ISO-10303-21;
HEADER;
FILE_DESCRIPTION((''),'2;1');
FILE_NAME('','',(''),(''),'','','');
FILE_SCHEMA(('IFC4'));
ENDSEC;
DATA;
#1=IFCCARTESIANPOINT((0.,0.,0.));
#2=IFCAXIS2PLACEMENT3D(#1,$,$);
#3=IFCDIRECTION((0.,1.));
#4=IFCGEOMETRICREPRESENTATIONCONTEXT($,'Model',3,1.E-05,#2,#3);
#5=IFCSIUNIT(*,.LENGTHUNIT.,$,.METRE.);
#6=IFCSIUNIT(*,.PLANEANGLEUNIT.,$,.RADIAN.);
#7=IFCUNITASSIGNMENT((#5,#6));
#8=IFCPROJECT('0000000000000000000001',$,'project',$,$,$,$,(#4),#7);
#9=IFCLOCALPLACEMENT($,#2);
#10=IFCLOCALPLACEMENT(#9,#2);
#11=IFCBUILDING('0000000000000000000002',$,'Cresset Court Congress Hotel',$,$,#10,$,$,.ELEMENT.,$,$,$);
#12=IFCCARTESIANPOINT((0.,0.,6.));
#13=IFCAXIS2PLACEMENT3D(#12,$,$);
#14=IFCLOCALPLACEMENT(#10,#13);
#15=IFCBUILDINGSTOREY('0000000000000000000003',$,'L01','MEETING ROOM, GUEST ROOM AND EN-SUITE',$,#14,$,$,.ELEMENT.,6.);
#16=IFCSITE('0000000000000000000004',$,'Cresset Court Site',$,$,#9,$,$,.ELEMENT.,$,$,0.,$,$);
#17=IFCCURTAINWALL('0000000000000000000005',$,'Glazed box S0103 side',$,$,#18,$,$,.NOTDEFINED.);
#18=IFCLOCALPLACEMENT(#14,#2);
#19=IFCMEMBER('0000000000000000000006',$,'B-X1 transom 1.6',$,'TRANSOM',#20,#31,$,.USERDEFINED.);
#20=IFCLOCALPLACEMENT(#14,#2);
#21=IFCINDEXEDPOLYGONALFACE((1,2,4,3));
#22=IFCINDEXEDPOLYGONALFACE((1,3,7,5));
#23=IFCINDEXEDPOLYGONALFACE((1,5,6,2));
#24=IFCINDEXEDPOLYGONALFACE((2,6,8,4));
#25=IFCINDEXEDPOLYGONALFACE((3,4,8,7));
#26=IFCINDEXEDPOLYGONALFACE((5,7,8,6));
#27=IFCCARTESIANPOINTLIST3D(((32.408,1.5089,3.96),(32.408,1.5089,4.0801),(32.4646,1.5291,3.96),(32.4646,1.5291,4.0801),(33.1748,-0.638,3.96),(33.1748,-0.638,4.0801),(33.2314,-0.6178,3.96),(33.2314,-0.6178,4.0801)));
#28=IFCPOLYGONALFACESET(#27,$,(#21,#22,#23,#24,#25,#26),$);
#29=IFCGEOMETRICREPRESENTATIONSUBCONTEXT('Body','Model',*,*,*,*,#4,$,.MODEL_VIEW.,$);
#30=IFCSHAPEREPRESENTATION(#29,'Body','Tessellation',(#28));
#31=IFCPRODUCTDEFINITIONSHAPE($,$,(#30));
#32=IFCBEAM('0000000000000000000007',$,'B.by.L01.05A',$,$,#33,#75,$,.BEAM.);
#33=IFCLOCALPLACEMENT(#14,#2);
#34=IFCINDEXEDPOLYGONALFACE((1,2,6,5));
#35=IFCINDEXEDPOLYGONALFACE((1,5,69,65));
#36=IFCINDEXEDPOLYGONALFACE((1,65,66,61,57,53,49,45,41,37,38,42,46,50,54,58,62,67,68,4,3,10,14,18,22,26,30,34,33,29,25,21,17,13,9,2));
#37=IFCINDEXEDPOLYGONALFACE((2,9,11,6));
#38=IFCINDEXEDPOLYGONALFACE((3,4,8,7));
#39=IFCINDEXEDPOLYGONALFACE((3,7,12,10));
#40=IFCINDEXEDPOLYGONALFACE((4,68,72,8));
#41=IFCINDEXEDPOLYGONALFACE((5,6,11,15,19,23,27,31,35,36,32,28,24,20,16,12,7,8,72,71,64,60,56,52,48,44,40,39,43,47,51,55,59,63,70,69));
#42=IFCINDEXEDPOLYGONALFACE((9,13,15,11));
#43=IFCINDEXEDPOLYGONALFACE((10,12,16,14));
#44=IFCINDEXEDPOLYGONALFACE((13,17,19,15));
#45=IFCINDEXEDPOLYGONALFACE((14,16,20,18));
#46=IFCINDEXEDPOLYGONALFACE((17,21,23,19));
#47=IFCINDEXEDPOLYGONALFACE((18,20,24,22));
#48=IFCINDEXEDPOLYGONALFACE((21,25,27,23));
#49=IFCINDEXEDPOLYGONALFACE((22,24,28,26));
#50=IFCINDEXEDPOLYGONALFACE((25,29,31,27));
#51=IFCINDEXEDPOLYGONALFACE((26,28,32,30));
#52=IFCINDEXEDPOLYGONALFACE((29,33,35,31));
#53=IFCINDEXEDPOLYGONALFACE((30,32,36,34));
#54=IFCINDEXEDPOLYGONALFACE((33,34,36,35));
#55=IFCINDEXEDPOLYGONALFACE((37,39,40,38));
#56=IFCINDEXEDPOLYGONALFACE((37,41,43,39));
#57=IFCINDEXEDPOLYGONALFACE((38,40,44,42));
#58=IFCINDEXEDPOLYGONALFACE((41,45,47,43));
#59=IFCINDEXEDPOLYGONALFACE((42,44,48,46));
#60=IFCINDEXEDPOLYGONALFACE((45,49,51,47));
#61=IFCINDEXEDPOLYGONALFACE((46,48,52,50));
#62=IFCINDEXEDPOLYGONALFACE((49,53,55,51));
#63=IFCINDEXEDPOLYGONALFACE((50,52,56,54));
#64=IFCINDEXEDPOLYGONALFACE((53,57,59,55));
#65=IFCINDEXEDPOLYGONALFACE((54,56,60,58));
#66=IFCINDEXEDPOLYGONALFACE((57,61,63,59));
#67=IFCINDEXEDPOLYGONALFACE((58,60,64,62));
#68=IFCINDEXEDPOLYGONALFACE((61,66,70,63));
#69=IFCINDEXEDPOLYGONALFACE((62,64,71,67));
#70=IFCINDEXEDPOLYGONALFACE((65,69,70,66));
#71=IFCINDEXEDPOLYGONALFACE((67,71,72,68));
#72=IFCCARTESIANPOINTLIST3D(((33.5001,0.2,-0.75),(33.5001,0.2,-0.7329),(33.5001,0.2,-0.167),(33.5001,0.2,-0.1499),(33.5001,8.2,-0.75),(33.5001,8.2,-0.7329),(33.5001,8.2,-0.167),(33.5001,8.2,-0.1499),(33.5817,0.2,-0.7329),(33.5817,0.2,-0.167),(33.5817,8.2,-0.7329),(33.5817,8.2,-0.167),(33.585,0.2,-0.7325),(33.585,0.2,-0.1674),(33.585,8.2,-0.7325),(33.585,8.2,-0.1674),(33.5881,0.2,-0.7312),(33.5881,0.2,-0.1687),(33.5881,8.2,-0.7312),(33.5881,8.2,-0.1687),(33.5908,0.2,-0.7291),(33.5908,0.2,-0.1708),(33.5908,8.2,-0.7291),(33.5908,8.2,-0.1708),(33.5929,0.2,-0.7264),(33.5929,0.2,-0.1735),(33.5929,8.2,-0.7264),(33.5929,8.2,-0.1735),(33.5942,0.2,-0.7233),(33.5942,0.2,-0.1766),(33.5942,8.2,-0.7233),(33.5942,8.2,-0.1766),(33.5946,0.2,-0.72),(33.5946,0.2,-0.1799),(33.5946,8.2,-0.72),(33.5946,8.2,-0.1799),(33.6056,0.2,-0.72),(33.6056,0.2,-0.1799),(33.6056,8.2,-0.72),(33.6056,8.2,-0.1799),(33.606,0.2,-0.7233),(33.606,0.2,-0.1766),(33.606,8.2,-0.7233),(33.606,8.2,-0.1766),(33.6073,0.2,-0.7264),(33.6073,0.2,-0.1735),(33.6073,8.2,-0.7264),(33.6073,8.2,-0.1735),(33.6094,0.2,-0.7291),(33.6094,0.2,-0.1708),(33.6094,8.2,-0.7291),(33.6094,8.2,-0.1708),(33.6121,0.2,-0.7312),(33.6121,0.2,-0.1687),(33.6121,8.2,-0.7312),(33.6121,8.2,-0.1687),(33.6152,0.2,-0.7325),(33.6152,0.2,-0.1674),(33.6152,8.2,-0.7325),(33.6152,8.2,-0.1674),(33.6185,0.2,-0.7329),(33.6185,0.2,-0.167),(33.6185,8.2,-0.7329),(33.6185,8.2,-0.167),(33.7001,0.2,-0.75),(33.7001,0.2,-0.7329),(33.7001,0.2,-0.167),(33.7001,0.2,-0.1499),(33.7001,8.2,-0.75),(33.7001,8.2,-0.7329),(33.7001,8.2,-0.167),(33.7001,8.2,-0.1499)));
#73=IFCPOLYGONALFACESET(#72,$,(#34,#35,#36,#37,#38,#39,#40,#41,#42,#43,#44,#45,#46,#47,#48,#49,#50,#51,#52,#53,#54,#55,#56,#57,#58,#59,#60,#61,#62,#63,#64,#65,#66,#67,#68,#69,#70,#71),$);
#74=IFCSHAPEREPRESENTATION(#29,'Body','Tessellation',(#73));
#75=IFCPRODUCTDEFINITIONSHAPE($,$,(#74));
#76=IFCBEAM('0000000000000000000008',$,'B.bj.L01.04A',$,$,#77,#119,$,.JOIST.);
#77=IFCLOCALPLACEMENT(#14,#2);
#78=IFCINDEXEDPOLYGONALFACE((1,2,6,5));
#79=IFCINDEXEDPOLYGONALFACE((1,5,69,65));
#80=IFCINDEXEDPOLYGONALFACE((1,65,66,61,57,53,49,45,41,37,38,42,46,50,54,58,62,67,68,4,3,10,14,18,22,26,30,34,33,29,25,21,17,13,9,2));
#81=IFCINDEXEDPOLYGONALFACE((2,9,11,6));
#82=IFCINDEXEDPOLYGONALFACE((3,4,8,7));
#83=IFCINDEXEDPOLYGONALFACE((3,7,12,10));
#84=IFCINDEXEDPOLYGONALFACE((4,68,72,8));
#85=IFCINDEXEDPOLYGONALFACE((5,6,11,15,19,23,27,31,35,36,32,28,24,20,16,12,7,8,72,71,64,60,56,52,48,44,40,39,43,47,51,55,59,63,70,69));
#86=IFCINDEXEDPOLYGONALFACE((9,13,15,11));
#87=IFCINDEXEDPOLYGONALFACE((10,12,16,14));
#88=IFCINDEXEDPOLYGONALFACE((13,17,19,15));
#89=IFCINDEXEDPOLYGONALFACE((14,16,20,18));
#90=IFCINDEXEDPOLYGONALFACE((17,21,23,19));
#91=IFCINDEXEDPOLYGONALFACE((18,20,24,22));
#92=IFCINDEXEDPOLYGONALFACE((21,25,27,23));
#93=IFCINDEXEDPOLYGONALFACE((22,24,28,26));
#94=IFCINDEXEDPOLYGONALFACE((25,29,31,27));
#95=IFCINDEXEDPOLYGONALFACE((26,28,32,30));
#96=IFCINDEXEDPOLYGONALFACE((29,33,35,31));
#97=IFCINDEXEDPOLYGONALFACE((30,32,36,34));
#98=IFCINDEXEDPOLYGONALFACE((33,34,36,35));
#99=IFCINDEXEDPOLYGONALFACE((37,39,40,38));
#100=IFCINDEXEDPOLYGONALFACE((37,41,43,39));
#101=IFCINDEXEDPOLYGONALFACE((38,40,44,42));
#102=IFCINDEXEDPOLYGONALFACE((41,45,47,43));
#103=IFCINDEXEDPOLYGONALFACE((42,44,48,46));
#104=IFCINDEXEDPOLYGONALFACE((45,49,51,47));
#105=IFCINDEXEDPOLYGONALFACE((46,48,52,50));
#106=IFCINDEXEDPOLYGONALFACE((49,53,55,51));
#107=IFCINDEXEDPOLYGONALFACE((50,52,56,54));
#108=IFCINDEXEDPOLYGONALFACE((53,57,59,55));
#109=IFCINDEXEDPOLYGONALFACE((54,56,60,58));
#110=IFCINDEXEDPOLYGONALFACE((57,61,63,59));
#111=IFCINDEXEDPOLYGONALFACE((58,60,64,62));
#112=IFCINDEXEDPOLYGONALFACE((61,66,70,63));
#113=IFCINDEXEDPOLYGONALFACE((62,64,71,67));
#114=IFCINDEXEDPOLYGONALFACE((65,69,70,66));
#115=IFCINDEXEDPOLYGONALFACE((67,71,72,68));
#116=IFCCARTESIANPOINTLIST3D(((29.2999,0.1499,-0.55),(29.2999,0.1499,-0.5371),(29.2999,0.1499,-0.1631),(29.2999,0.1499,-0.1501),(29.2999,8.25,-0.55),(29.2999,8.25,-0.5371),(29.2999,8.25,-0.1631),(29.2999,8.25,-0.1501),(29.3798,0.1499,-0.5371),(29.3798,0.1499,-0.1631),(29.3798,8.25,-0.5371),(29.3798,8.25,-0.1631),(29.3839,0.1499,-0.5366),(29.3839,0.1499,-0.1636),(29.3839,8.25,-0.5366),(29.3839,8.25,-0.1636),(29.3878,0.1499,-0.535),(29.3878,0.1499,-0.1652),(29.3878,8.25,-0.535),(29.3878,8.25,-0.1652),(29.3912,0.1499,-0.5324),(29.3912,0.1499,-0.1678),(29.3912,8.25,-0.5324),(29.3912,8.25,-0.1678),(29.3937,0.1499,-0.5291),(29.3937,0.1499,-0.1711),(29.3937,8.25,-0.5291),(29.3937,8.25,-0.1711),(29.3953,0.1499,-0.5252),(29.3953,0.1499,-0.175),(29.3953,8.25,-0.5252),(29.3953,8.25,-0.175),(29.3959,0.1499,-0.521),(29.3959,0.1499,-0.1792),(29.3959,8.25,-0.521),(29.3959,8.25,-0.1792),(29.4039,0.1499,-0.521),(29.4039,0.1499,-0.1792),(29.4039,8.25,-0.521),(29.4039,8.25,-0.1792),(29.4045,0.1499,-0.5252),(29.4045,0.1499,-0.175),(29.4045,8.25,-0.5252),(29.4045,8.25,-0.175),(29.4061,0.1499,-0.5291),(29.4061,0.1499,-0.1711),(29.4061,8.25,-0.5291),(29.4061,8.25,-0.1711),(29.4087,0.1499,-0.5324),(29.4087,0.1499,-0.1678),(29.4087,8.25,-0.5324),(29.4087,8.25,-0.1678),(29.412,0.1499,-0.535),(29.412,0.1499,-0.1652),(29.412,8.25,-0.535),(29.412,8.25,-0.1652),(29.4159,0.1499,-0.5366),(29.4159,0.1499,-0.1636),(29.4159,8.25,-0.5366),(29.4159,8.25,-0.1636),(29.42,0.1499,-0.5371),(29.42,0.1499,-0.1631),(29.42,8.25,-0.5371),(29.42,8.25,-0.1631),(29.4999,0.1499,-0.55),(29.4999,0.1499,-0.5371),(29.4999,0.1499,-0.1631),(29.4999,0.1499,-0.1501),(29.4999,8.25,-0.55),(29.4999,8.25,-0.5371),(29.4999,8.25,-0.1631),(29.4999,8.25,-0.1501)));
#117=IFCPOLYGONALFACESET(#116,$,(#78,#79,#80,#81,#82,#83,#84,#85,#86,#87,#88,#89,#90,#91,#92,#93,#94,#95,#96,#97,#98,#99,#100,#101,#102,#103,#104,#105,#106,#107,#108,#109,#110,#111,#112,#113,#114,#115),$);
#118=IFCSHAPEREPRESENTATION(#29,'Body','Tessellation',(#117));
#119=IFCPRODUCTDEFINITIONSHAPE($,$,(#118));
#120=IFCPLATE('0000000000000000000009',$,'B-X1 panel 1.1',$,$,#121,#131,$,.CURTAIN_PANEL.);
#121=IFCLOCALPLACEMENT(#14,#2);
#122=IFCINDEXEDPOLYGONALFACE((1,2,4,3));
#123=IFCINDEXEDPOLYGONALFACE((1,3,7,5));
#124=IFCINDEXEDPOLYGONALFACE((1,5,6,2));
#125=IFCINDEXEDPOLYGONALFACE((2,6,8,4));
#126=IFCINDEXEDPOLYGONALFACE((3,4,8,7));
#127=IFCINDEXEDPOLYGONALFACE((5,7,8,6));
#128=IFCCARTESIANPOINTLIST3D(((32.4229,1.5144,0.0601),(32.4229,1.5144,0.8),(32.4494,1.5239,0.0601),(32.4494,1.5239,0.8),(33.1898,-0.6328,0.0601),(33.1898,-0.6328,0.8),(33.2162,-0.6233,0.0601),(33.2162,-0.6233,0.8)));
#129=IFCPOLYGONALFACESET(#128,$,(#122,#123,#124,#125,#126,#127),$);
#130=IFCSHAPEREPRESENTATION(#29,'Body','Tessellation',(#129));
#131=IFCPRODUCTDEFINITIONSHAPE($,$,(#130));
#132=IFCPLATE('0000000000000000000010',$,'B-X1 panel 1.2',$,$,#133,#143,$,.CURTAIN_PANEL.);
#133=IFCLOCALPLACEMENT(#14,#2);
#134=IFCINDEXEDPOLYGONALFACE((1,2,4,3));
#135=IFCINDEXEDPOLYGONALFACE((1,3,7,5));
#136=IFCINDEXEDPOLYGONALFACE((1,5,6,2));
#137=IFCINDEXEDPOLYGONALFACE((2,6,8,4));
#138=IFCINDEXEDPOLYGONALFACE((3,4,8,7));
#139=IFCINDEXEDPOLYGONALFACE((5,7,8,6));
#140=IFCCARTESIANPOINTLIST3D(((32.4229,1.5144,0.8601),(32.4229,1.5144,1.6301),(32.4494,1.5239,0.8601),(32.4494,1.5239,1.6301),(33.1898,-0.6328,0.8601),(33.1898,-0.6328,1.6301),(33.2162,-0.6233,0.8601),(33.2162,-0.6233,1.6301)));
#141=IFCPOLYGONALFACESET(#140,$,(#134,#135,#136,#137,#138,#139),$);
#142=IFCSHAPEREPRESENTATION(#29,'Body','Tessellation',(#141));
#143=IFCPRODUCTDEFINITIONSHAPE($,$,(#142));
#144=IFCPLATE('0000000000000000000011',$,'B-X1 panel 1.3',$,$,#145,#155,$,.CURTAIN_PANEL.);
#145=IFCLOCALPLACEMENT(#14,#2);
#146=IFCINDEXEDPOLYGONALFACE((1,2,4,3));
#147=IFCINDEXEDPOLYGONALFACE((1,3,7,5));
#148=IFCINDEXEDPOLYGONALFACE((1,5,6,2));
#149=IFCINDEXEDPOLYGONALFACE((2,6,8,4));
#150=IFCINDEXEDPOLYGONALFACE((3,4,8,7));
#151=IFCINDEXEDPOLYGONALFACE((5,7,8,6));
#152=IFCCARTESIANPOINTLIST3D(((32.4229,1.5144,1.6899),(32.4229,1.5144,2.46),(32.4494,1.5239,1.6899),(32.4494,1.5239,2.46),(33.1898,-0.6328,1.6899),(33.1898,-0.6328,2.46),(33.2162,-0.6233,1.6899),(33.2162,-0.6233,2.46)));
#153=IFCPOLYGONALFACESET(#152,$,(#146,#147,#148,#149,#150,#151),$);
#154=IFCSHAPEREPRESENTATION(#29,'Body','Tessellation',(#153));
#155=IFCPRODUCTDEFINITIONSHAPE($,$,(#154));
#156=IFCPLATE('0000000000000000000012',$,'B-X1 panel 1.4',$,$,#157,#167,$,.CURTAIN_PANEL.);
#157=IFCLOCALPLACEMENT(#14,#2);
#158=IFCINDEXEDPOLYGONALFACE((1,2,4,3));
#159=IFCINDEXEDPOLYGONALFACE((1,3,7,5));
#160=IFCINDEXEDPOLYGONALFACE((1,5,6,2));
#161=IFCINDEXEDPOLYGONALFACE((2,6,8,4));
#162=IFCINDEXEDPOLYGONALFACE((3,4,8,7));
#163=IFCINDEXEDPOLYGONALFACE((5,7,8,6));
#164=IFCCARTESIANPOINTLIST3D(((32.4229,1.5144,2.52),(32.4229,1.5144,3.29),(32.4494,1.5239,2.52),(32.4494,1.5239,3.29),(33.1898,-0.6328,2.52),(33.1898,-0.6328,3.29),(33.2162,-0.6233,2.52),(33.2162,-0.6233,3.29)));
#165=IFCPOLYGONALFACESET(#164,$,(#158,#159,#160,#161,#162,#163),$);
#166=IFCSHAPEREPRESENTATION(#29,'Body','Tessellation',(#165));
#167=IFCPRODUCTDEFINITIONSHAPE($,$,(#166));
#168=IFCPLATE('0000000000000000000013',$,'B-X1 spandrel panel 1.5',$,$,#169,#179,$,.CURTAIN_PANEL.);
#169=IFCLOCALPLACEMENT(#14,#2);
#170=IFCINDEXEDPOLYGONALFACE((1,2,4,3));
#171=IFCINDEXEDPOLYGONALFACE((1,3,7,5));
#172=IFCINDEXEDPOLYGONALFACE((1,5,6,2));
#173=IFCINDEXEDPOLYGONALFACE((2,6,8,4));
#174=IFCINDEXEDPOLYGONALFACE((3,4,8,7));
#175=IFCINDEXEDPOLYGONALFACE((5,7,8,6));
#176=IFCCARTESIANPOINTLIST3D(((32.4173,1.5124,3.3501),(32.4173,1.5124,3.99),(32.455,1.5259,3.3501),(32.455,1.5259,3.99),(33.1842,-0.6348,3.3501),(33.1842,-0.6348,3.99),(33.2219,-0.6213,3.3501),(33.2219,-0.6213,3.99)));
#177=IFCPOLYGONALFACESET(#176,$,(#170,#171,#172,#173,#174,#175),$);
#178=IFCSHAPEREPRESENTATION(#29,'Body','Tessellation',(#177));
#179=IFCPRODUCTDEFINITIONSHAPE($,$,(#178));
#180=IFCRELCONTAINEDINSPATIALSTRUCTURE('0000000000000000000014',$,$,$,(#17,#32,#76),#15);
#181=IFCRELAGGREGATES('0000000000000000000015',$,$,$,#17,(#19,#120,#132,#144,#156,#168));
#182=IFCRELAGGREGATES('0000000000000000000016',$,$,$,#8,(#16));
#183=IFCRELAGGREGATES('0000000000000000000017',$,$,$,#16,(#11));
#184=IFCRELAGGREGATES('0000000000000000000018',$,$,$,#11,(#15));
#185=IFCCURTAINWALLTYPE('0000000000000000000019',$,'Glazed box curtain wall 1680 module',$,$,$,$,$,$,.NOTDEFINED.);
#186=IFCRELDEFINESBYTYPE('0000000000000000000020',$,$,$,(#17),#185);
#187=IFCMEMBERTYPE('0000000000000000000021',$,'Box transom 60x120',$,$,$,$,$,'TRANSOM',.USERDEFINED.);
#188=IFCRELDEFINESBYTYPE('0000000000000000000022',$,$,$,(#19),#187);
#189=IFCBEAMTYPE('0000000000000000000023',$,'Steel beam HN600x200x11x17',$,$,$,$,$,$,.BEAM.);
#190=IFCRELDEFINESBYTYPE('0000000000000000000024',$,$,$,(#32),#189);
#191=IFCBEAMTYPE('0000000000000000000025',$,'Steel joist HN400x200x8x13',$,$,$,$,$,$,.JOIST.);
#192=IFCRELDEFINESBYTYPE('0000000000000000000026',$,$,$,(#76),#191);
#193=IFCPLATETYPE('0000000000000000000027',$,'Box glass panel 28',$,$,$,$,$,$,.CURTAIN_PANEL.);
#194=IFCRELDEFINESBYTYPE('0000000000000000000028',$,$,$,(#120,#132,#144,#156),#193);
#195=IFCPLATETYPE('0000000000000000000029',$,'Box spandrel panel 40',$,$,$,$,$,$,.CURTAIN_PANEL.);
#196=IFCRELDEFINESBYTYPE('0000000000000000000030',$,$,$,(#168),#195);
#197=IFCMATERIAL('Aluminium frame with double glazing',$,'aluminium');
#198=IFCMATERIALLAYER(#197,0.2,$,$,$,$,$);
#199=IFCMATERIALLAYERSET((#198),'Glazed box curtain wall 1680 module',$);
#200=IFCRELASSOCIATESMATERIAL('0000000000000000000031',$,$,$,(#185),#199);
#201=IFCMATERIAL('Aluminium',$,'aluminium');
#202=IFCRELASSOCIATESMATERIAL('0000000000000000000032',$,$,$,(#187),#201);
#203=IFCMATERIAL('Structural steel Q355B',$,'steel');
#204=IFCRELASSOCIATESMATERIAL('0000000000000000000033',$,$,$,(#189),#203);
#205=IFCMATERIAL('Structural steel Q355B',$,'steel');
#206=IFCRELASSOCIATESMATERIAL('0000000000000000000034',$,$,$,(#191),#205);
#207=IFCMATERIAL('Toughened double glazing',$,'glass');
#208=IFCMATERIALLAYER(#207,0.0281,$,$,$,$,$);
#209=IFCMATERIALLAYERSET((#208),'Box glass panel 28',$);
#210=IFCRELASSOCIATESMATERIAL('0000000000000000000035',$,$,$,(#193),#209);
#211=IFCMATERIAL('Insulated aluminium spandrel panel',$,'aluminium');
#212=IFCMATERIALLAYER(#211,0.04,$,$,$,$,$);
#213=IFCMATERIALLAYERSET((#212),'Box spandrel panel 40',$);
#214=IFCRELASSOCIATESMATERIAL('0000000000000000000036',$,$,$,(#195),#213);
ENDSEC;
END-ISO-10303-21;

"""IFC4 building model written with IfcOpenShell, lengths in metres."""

from ifc_helpers import new_model, si_unit, direction, frame, origin, origin_2d, place, context, subcontext, project, spatial, rectangle, i_section, extrude, material, layer, layer_set, material_profile, profile_set, type_object, element, aggregate, save


model = new_model("IFC4")

# Units and contexts
model_context = context("Model", 3, precision=1e-05, world=origin(), true_north=direction((0.0, 1.0)))
body_context = subcontext(model_context, "Body", "Model", "MODEL_VIEW")
ifc_project = project(units=[si_unit("LENGTHUNIT", "METRE"), si_unit("PLANEANGLEUNIT", "RADIAN")], contexts=[model_context])

# Site, building, storey
site_placement = place(None, origin())
site = spatial("IfcSite", under=ifc_project, at=site_placement, Name="Cresset Court Site", CompositionType="ELEMENT", RefElevation=0.0)
building_placement = place(site_placement, origin())
building = spatial("IfcBuilding", under=site, at=building_placement, Name="Cresset Court Congress Hotel", CompositionType="ELEMENT")
storey_placement = place(building_placement, frame((0.0, 0.0, 6.0)))
storey = spatial("IfcBuildingStorey", under=building, at=storey_placement, Name="L01", Description="MEETING ROOM, GUEST ROOM AND EN-SUITE", CompositionType="ELEMENT", Elevation=6.0)

# Curtain wall
ifc_material_1 = material(Name="Aluminium frame with double glazing", Category="aluminium")
ifc_layer_1 = layer(ifc_material_1, 0.2)
ifc_layer_set_1 = layer_set([ifc_layer_1], Name="Glazed box curtain wall 1680 module")
curtain_wall_type = type_object("IfcCurtainWallType", Name="Glazed box curtain wall 1680 module", PredefinedType="NOTDEFINED", material=ifc_layer_set_1)
curtain_wall_1_placement = place(storey_placement, origin())
curtain_wall_1 = element("IfcCurtainWall", 1, at=curtain_wall_1_placement, inside=storey, type_object=curtain_wall_type, Name="Glazed box S0103 side", PredefinedType="NOTDEFINED")

# Shared definitions
ifc_material_2 = material(Name="Aluminium", Category="aluminium")
ifc_material_profile_1 = material_profile(ifc_material_2, rectangle(XDim=0.0601, YDim=0.1201, at=origin_2d()), Name="Box transom 60x120")
ifc_profile_set_1 = profile_set([ifc_material_profile_1], Name="Aluminium")
member_type_1 = type_object("IfcMemberType", Name="Box transom 60x120", ElementType="TRANSOM", PredefinedType="USERDEFINED", material=ifc_profile_set_1)

# Member
member_1_placement = place(storey_placement, frame((33.2031, -0.6279, 4.02), z_axis=(-0.336364, 0.941732, 0.0), x_axis=(-0.941732, -0.336364, 0.0)))
member_1 = element("IfcMember", 2, at=member_1_placement, type_object=member_type_1, Name="B-X1 transom 1.6", ObjectType="TRANSOM", PredefinedType="USERDEFINED", context=body_context, shape_type="SweptSolid", body=[
    extrude(rectangle(XDim=0.0601, YDim=0.1201, at=origin_2d()), origin(), (0.0, 0.0, 1.0), 2.2798),
])

# Beams
ifc_material_3 = material(Name="Structural steel Q355B", Category="steel")
ifc_material_profile_2 = material_profile(ifc_material_3, i_section(OverallWidth=0.2, OverallDepth=0.6001, WebThickness=0.011, FlangeThickness=0.0171, FilletRadius=0.0129, at=origin_2d()), Name="HN600x200x11x17")
ifc_profile_set_2 = profile_set([ifc_material_profile_2], Name="Structural steel Q355B")
beam_type_1 = type_object("IfcBeamType", Name="Steel beam HN600x200x11x17", PredefinedType="BEAM", material=ifc_profile_set_2)
beam_1_placement = place(storey_placement, frame((33.6001, 0.2, -0.45), z_axis=(0.0, 1.0, 0.0), x_axis=(-1.0, 0.0, 0.0)))
element("IfcBeam", 3, at=beam_1_placement, inside=storey, type_object=beam_type_1, Name="B.by.L01.05A", PredefinedType="BEAM", context=body_context, shape_type="SweptSolid", body=[
    extrude(i_section(OverallWidth=0.2, OverallDepth=0.6001, WebThickness=0.011, FlangeThickness=0.0171, FilletRadius=0.0129, at=origin_2d()), origin(), (0.0, 0.0, 1.0), 8.0),
])
ifc_material_4 = material(Name="Structural steel Q355B", Category="steel")
ifc_material_profile_3 = material_profile(ifc_material_4, i_section(OverallWidth=0.2, OverallDepth=0.3999, WebThickness=0.0081, FlangeThickness=0.0129, FilletRadius=0.0161, at=origin_2d()), Name="HN400x200x8x13")
ifc_profile_set_3 = profile_set([ifc_material_profile_3], Name="Structural steel Q355B")
beam_type_2 = type_object("IfcBeamType", Name="Steel joist HN400x200x8x13", PredefinedType="JOIST", material=ifc_profile_set_3)
beam_2_placement = place(storey_placement, frame((29.3999, 0.1499, -0.3501), z_axis=(0.0, 1.0, 0.0), x_axis=(-1.0, 0.0, 0.0)))
element("IfcBeam", 4, at=beam_2_placement, inside=storey, type_object=beam_type_2, Name="B.bj.L01.04A", PredefinedType="JOIST", context=body_context, shape_type="SweptSolid", body=[
    extrude(i_section(OverallWidth=0.2, OverallDepth=0.3999, WebThickness=0.0081, FlangeThickness=0.0129, FilletRadius=0.0161, at=origin_2d()), origin(), (0.0, 0.0, 1.0), 8.1001),
])

# Plates
ifc_material_5 = material(Name="Toughened double glazing", Category="glass")
ifc_layer_2 = layer(ifc_material_5, 0.0281)
ifc_layer_set_2 = layer_set([ifc_layer_2], Name="Box glass panel 28")
plate_type_1 = type_object("IfcPlateType", Name="Box glass panel 28", PredefinedType="CURTAIN_PANEL", material=ifc_layer_set_2)
plate_1_placement = place(storey_placement, frame((32.8196, 0.4456, 0.0601), z_axis=(0.0, 0.0, 1.0), x_axis=(-0.336336, 0.941742, 0.0)))
plate_1 = element("IfcPlate", 5, at=plate_1_placement, type_object=plate_type_1, Name="B-X1 panel 1.1", PredefinedType="CURTAIN_PANEL", context=body_context, shape_type="SweptSolid", body=[
    extrude(rectangle(XDim=2.28, YDim=0.0281, at=origin_2d()), origin(), (0.0, 0.0, 1.0), 0.74),
])
plate_2_placement = place(storey_placement, frame((32.8196, 0.4456, 0.8601), z_axis=(0.0, 0.0, 1.0), x_axis=(-0.336336, 0.941742, 0.0)))
plate_2 = element("IfcPlate", 6, at=plate_2_placement, type_object=plate_type_1, Name="B-X1 panel 1.2", PredefinedType="CURTAIN_PANEL", context=body_context, shape_type="SweptSolid", body=[
    extrude(rectangle(XDim=2.28, YDim=0.0281, at=origin_2d()), origin(), (0.0, 0.0, 1.0), 0.77),
])
plate_3_placement = place(storey_placement, frame((32.8196, 0.4456, 1.6899), z_axis=(0.0, 0.0, 1.0), x_axis=(-0.336336, 0.941742, 0.0)))
plate_3 = element("IfcPlate", 7, at=plate_3_placement, type_object=plate_type_1, Name="B-X1 panel 1.3", PredefinedType="CURTAIN_PANEL", context=body_context, shape_type="SweptSolid", body=[
    extrude(rectangle(XDim=2.28, YDim=0.0281, at=origin_2d()), origin(), (0.0, 0.0, 1.0), 0.77),
])
plate_4_placement = place(storey_placement, frame((32.8196, 0.4456, 2.52), z_axis=(0.0, 0.0, 1.0), x_axis=(-0.336336, 0.941742, 0.0)))
plate_4 = element("IfcPlate", 8, at=plate_4_placement, type_object=plate_type_1, Name="B-X1 panel 1.4", PredefinedType="CURTAIN_PANEL", context=body_context, shape_type="SweptSolid", body=[
    extrude(rectangle(XDim=2.28, YDim=0.0281, at=origin_2d()), origin(), (0.0, 0.0, 1.0), 0.77),
])
ifc_material_6 = material(Name="Insulated aluminium spandrel panel", Category="aluminium")
ifc_layer_3 = layer(ifc_material_6, 0.04)
ifc_layer_set_3 = layer_set([ifc_layer_3], Name="Box spandrel panel 40")
plate_type_2 = type_object("IfcPlateType", Name="Box spandrel panel 40", PredefinedType="CURTAIN_PANEL", material=ifc_layer_set_3)
plate_5_placement = place(storey_placement, frame((32.8196, 0.4456, 3.3501), z_axis=(0.0, 0.0, 1.0), x_axis=(-0.336336, 0.941742, 0.0)))
plate_5 = element("IfcPlate", 9, at=plate_5_placement, type_object=plate_type_2, Name="B-X1 spandrel panel 1.5", PredefinedType="CURTAIN_PANEL", context=body_context, shape_type="SweptSolid", body=[
    extrude(rectangle(XDim=2.28, YDim=0.04, at=origin_2d()), origin(), (0.0, 0.0, 1.0), 0.6399),
])
aggregate(curtain_wall_1, [member_1, plate_1, plate_2, plate_3, plate_4, plate_5])

save(model, "model.ifc")
